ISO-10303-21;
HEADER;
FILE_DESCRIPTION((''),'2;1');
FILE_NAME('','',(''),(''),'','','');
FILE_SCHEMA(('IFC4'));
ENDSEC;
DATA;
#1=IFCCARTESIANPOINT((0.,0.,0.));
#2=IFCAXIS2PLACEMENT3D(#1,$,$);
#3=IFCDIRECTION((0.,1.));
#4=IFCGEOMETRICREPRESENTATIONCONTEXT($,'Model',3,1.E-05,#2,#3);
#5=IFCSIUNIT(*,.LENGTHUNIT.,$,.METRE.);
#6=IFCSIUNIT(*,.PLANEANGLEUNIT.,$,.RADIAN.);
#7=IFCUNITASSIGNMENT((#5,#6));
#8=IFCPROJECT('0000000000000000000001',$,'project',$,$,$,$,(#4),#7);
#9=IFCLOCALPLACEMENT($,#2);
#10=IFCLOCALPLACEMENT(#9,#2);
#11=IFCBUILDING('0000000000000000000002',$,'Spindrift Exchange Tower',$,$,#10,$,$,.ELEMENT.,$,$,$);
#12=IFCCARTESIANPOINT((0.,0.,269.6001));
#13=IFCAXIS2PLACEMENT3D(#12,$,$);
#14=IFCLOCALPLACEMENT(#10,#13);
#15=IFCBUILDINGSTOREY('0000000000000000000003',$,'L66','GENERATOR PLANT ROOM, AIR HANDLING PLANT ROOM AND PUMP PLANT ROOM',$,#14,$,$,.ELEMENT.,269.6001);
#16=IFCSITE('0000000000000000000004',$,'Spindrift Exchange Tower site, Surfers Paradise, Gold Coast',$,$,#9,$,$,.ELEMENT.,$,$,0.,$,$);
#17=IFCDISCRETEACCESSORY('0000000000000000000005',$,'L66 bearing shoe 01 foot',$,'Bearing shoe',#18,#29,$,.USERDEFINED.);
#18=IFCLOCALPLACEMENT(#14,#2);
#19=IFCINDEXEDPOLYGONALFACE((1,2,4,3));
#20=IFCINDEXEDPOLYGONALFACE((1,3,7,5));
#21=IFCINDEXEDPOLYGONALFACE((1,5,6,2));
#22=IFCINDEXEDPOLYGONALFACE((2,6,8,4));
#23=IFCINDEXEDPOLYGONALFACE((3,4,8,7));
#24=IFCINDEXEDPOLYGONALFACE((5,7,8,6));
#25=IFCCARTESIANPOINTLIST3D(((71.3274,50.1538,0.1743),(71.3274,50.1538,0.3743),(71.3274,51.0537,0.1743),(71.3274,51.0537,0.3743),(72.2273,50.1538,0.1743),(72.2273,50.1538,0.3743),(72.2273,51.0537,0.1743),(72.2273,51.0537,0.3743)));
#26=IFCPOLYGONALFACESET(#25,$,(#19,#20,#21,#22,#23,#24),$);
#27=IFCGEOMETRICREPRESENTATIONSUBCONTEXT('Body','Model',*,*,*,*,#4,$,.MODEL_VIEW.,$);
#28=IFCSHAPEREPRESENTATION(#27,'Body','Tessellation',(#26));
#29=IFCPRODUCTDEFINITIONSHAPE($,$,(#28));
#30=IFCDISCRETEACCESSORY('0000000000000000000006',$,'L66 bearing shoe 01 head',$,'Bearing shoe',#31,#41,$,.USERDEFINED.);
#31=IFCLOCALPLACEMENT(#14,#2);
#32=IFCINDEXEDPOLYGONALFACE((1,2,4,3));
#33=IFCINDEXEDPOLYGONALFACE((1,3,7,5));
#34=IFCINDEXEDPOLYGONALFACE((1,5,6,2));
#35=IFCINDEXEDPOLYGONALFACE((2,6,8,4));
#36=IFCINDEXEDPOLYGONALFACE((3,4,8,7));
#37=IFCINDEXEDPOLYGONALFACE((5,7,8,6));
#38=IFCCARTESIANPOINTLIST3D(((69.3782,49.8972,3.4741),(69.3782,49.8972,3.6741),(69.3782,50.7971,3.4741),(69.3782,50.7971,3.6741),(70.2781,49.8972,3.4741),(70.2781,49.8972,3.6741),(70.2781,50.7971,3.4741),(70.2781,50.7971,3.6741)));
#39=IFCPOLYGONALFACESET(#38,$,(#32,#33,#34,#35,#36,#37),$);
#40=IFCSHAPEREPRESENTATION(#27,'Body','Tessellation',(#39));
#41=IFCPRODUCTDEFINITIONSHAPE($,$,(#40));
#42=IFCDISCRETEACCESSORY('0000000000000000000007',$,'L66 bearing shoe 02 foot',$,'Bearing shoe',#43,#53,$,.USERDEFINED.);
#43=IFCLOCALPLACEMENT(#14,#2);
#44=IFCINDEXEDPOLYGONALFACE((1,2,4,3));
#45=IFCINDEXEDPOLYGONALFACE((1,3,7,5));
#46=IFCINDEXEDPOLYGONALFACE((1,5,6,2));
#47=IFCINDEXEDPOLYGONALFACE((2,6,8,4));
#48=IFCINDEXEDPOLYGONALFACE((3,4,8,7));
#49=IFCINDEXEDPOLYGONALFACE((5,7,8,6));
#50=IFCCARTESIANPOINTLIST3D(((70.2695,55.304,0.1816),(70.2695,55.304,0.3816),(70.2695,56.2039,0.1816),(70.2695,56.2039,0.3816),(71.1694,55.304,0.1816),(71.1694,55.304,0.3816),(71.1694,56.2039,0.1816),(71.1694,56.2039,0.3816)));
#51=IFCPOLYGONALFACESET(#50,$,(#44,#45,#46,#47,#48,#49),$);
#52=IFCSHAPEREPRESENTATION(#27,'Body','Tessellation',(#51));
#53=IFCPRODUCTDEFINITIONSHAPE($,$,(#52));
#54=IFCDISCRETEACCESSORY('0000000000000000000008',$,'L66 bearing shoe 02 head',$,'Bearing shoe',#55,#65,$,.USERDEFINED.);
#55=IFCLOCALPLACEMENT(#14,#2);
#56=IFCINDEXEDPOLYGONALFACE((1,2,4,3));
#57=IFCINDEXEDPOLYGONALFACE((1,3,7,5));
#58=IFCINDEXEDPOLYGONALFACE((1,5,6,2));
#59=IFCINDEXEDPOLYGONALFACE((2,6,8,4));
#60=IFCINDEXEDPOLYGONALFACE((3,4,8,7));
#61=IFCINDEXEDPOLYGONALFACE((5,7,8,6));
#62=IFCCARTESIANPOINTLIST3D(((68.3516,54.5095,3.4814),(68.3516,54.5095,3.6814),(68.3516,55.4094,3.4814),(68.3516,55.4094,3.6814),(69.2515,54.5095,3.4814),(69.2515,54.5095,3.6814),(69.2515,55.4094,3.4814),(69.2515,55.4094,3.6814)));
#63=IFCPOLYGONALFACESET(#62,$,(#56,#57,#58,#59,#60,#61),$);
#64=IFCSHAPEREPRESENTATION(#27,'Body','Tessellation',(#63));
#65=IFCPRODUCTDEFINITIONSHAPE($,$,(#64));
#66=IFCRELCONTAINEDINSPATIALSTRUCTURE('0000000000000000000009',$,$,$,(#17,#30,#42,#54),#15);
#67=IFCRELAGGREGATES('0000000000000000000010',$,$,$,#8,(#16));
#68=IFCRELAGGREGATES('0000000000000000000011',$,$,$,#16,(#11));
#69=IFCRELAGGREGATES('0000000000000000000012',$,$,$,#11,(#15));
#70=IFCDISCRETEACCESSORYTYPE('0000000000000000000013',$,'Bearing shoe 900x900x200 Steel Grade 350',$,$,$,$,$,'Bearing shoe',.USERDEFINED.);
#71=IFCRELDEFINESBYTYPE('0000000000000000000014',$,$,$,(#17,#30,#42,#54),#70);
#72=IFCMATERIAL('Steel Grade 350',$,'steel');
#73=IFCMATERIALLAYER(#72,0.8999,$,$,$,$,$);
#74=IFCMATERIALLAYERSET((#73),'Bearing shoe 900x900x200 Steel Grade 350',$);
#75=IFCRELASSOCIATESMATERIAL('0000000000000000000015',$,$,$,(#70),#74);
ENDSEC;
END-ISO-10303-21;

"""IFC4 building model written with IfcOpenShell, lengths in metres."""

from ifc_helpers import new_model, si_unit, direction, frame, origin, origin_2d, place, context, subcontext, project, spatial, rectangle, extrude, source, transform, mapped, material, layer, layer_set, type_object, element, save


model = new_model("IFC4")

# Units and contexts
model_context = context("Model", 3, precision=1e-05, world=origin(), true_north=direction((0.0, 1.0)))
body_context = subcontext(model_context, "Body", "Model", "MODEL_VIEW")
ifc_project = project(units=[si_unit("LENGTHUNIT", "METRE"), si_unit("PLANEANGLEUNIT", "RADIAN")], contexts=[model_context])

# Site, building, storey
site_placement = place(None, origin())
site = spatial("IfcSite", under=ifc_project, at=site_placement, Name="Spindrift Exchange Tower site, Surfers Paradise, Gold Coast", CompositionType="ELEMENT", RefElevation=0.0)
building_placement = place(site_placement, origin())
building = spatial("IfcBuilding", under=site, at=building_placement, Name="Spindrift Exchange Tower", CompositionType="ELEMENT")
storey_placement = place(building_placement, frame((0.0, 0.0, 269.6001)))
storey = spatial("IfcBuildingStorey", under=building, at=storey_placement, Name="L66", Description="GENERATOR PLANT ROOM, AIR HANDLING PLANT ROOM AND PUMP PLANT ROOM", CompositionType="ELEMENT", Elevation=269.6001)

# Discrete accessories
ifc_material_1 = material(Name="Steel Grade 350", Category="steel")
ifc_layer_1 = layer(ifc_material_1, 0.8999)
ifc_layer_set_1 = layer_set([ifc_layer_1], Name="Bearing shoe 900x900x200 Steel Grade 350")
discrete_accessory_type = type_object("IfcDiscreteAccessoryType", Name="Bearing shoe 900x900x200 Steel Grade 350", ElementType="Bearing shoe", PredefinedType="USERDEFINED", material=ifc_layer_set_1)
shared_shape_1 = source(origin(), body_context, "Body", "SweptSolid", [
    extrude(rectangle(XDim=0.8999, YDim=0.8999, at=origin_2d()), origin(), (0.0, 0.0, 1.0), 0.2),
])
for number, where, z_axis, x_axis, name in (
    (1, (71.7773, 50.6038, 0.1743), (0.0, 0.0, 1.0), (1.0, 0.0, 0.0), "L66 bearing shoe 01 foot"),
    (2, (69.8281, 50.3472, 3.4741), (0.0, 0.0, 1.0), (1.0, 0.0, 0.0), "L66 bearing shoe 01 head"),
    (3, (70.7195, 55.7539, 0.1816), (0.0, 0.0, 1.0), (1.0, 0.0, 0.0), "L66 bearing shoe 02 foot"),
    (4, (68.8015, 54.9595, 3.4814), (0.0, 0.0, 1.0), (1.0, 0.0, 0.0), "L66 bearing shoe 02 head"),
):
    element("IfcDiscreteAccessory", number, at=place(storey_placement, frame(where, z_axis=z_axis, x_axis=x_axis)), inside=storey, type_object=discrete_accessory_type, Name=name, ObjectType="Bearing shoe", PredefinedType="USERDEFINED", context=body_context, shape_type="MappedRepresentation", body=[
        mapped(shared_shape_1, transform((0.0, 0.0, 0.0), scale=1.0)),
    ])

save(model, "model.ifc")
